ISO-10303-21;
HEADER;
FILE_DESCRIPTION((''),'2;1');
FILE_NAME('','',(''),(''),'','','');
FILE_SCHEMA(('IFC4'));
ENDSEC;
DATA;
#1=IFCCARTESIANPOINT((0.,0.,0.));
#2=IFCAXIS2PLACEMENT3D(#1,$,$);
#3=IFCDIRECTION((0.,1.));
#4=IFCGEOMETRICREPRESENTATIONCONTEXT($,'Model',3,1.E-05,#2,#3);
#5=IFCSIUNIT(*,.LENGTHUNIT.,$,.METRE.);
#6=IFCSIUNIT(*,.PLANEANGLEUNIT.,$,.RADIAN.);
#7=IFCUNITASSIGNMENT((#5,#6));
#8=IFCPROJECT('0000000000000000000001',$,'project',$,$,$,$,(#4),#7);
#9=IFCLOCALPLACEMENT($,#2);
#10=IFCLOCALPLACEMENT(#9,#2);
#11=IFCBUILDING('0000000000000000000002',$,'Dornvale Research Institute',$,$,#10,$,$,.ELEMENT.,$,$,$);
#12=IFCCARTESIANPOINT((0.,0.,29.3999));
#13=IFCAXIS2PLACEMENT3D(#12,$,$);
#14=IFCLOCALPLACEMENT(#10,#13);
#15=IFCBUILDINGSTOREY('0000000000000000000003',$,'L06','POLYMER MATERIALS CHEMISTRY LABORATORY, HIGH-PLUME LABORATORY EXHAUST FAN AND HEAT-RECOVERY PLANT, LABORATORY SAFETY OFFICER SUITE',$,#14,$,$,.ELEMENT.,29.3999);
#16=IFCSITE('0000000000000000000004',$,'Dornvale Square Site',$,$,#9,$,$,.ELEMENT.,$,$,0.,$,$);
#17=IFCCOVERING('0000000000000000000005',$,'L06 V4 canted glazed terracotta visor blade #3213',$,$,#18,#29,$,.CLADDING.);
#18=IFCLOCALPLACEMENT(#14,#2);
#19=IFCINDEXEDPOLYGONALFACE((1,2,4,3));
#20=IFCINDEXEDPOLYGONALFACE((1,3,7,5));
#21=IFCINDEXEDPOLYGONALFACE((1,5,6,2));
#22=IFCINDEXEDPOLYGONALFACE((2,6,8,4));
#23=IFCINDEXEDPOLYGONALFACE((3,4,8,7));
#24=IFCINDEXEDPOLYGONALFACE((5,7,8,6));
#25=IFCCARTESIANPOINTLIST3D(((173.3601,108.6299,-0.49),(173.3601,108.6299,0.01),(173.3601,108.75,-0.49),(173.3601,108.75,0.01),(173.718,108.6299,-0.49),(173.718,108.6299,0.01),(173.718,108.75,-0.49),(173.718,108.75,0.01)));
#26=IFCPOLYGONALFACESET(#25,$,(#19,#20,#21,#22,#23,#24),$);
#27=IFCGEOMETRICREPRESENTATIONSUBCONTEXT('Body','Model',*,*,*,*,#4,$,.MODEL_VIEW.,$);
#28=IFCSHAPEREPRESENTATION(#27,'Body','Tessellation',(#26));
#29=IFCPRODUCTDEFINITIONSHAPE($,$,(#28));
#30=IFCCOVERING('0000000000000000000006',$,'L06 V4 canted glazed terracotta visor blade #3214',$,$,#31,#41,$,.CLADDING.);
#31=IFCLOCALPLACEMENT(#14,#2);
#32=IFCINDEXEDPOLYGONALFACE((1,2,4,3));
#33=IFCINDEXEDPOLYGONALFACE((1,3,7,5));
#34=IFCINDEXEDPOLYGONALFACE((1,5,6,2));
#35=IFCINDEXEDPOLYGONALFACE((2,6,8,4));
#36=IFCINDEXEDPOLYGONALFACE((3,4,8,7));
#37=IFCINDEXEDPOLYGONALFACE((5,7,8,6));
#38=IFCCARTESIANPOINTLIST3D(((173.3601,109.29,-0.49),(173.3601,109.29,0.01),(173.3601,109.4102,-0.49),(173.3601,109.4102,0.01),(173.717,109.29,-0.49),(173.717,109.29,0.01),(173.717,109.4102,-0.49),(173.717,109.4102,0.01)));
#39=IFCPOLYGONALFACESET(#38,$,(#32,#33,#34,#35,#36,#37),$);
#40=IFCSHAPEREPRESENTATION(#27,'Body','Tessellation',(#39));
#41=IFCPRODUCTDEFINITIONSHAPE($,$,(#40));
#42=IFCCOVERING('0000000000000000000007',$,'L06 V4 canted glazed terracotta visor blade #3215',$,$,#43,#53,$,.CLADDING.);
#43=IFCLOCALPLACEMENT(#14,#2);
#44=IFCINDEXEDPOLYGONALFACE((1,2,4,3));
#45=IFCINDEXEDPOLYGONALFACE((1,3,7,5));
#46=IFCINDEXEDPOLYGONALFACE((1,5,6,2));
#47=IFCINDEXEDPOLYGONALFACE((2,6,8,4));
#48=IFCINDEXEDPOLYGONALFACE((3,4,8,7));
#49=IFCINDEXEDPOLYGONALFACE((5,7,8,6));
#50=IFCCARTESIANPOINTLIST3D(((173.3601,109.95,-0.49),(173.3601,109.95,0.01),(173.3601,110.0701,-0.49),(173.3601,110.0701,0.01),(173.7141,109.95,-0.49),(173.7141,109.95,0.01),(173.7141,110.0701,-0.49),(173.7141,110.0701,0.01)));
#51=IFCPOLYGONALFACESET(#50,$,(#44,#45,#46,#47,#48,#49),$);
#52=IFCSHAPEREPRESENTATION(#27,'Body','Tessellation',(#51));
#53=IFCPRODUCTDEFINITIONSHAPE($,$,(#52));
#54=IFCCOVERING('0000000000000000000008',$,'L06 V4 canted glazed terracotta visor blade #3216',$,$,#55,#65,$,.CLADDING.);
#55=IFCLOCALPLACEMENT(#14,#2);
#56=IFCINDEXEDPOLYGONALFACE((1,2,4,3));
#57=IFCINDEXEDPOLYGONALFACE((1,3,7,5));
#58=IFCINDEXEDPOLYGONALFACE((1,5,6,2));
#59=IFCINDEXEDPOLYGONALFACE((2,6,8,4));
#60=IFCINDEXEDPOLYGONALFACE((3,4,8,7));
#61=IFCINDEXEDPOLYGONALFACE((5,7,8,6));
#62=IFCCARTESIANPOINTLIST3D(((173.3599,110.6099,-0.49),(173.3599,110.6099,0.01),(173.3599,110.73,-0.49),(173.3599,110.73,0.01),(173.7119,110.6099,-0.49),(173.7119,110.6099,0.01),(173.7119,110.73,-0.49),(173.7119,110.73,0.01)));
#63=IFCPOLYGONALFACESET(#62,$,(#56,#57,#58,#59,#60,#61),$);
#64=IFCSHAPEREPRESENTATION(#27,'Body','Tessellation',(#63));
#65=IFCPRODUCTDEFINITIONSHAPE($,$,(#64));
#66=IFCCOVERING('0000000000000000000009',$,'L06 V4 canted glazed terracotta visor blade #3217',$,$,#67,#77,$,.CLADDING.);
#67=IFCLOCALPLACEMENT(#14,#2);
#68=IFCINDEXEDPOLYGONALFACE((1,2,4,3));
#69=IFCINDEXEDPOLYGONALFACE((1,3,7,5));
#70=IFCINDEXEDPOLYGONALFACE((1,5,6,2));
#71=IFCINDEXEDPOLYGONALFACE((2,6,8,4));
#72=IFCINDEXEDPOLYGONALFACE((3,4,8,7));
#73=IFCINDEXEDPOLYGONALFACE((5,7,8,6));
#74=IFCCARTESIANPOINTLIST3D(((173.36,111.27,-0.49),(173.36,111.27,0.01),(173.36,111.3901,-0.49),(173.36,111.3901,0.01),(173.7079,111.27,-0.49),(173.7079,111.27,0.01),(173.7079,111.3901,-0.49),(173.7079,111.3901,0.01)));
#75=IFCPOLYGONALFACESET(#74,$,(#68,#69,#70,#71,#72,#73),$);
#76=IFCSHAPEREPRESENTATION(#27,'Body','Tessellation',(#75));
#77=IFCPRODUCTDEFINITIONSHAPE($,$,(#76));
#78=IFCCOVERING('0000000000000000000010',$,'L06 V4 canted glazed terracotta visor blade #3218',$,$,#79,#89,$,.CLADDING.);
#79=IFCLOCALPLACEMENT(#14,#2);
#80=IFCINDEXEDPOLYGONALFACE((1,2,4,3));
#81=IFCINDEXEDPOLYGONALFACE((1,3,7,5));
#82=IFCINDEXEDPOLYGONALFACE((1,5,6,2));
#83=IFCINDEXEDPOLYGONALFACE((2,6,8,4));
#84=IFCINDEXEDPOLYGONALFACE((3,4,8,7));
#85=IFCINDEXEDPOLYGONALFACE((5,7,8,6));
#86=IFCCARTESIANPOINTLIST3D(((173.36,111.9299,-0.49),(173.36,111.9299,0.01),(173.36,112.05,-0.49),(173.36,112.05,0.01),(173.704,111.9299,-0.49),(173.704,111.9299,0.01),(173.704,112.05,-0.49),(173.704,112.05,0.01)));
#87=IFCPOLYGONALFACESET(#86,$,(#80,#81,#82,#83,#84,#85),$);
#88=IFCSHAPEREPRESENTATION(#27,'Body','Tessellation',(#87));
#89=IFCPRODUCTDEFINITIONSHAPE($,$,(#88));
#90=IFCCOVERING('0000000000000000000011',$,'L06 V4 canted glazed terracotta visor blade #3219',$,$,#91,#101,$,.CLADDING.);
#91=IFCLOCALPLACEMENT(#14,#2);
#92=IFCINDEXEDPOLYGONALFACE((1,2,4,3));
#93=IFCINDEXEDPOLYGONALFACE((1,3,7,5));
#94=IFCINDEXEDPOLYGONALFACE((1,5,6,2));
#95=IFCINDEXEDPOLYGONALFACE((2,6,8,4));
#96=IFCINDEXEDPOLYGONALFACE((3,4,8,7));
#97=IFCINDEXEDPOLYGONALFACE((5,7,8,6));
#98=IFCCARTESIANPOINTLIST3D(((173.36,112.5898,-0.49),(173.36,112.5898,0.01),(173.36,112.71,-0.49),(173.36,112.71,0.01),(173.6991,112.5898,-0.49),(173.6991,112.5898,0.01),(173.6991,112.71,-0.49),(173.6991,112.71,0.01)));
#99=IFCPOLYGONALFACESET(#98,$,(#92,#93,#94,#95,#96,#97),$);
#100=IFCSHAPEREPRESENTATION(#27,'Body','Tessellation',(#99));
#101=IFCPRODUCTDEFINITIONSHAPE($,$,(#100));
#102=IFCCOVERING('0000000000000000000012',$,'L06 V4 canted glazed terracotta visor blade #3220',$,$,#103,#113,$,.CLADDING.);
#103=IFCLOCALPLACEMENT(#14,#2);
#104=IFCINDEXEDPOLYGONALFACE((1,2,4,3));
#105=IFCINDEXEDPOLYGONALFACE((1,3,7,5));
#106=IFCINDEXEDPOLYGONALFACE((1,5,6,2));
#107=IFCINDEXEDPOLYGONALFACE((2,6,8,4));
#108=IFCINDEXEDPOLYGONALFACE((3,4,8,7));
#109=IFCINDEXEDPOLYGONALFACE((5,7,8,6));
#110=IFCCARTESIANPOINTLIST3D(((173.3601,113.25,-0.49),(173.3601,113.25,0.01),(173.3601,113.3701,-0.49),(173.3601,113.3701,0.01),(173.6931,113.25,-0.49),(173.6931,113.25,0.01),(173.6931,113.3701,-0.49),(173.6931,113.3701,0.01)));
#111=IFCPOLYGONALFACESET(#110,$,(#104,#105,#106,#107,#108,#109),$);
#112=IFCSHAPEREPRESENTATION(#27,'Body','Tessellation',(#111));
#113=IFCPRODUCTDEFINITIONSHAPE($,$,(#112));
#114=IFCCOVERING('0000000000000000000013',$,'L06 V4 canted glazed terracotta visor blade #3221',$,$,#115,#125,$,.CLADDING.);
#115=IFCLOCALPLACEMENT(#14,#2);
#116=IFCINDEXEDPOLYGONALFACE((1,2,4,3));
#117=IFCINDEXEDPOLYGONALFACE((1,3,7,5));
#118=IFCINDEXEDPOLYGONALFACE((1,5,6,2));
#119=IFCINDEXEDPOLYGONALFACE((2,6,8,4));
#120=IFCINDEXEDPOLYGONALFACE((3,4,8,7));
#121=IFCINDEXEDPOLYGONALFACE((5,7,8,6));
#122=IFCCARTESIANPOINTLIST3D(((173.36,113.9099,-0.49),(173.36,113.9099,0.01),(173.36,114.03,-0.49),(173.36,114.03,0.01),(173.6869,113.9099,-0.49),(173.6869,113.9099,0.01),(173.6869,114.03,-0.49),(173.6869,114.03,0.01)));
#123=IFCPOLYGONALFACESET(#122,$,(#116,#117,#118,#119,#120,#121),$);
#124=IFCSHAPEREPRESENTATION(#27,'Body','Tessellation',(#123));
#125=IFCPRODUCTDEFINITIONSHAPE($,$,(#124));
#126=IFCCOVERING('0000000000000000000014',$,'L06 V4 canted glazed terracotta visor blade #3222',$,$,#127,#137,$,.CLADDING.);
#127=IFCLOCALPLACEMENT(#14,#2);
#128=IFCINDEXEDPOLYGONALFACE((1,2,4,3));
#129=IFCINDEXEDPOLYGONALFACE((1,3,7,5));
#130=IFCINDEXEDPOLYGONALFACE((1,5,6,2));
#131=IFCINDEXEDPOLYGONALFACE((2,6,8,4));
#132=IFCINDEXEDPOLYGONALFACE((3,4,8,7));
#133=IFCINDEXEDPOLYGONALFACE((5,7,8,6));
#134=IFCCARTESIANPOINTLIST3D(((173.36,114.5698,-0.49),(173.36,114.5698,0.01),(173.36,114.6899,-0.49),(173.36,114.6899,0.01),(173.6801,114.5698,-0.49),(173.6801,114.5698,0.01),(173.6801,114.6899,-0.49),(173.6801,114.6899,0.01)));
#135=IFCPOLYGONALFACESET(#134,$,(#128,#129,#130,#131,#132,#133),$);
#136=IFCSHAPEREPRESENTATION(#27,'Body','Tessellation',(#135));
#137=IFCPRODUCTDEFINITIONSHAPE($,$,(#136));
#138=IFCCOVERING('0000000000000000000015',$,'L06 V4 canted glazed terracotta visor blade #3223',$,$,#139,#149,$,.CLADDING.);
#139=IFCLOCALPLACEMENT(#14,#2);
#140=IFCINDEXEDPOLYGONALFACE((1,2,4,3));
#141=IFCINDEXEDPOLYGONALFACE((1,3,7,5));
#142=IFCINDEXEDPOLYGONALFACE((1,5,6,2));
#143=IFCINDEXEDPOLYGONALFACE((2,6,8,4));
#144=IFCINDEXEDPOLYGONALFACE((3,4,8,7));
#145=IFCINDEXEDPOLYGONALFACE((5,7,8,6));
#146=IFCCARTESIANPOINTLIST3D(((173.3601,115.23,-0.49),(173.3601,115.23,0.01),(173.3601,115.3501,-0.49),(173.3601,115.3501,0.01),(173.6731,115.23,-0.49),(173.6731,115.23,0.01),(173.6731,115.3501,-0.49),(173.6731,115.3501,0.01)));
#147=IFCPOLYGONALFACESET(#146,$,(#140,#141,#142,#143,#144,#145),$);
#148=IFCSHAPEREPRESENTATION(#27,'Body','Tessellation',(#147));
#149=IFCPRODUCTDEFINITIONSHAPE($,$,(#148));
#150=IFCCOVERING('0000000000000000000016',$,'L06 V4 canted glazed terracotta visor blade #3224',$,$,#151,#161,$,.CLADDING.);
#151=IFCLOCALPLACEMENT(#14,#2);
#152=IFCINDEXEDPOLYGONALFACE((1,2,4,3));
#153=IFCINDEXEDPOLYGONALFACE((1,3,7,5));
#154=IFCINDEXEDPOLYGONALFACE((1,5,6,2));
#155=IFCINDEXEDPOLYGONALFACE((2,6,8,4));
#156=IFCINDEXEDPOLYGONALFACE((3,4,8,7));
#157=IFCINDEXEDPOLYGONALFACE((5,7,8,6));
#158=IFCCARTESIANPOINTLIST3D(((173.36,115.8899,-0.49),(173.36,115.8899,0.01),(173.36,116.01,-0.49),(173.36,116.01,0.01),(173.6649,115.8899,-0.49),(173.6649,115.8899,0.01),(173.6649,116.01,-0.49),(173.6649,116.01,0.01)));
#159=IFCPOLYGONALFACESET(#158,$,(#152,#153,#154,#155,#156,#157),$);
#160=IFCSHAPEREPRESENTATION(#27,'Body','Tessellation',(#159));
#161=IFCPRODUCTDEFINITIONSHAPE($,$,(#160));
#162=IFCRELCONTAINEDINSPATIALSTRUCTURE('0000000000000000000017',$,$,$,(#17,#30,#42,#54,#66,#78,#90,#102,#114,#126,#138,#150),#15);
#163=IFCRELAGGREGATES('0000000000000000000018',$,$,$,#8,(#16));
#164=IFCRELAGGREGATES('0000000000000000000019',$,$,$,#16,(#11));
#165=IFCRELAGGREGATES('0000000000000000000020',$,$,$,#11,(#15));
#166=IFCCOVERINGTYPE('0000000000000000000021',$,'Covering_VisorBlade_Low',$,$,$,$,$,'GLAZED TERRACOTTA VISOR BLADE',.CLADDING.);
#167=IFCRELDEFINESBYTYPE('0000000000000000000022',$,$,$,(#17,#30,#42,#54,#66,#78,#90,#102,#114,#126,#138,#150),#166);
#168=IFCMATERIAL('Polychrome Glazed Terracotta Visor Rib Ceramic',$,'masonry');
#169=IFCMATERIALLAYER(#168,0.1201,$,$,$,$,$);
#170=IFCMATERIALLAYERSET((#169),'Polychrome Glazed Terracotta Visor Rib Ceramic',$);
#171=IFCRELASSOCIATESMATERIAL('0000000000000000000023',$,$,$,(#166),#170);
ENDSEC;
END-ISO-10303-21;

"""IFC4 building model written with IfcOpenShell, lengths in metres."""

from ifc_helpers import new_model, si_unit, direction, frame, origin, origin_2d, place, context, subcontext, project, spatial, rectangle, extrude, material, layer, layer_set, type_object, element, save


model = new_model("IFC4")

# Units and contexts
model_context = context("Model", 3, precision=1e-05, world=origin(), true_north=direction((0.0, 1.0)))
body_context = subcontext(model_context, "Body", "Model", "MODEL_VIEW")
ifc_project = project(units=[si_unit("LENGTHUNIT", "METRE"), si_unit("PLANEANGLEUNIT", "RADIAN")], contexts=[model_context])

# Site, building, storey
site_placement = place(None, origin())
site = spatial("IfcSite", under=ifc_project, at=site_placement, Name="Dornvale Square Site", CompositionType="ELEMENT", RefElevation=0.0)
building_placement = place(site_placement, origin())
building = spatial("IfcBuilding", under=site, at=building_placement, Name="Dornvale Research Institute", CompositionType="ELEMENT")
storey_placement = place(building_placement, frame((0.0, 0.0, 29.3999)))
storey = spatial("IfcBuildingStorey", under=building, at=storey_placement, Name="L06", Description="POLYMER MATERIALS CHEMISTRY LABORATORY, HIGH-PLUME LABORATORY EXHAUST FAN AND HEAT-RECOVERY PLANT, LABORATORY SAFETY OFFICER SUITE", CompositionType="ELEMENT", Elevation=29.3999)

# Coverings
ifc_material_1 = material(Name="Polychrome Glazed Terracotta Visor Rib Ceramic", Category="masonry")
ifc_layer_1 = layer(ifc_material_1, 0.1201)
ifc_layer_set_1 = layer_set([ifc_layer_1], Name="Polychrome Glazed Terracotta Visor Rib Ceramic")
covering_type = type_object("IfcCoveringType", Name="Covering_VisorBlade_Low", ElementType="GLAZED TERRACOTTA VISOR BLADE", PredefinedType="CLADDING", material=ifc_layer_set_1)
covering_1_placement = place(storey_placement, frame((173.5391, 108.6899, -0.49), z_axis=(0.0, 0.0, 1.0), x_axis=(1.0, 0.0, 0.0)))
element("IfcCovering", 1, at=covering_1_placement, inside=storey, type_object=covering_type, Name="L06 V4 canted glazed terracotta visor blade #3213", PredefinedType="CLADDING", context=body_context, shape_type="SweptSolid", body=[
    extrude(rectangle(XDim=0.3579, YDim=0.1201, at=origin_2d()), origin(), (0.0, 0.0, 1.0), 0.5),
])
covering_2_placement = place(storey_placement, frame((173.5386, 109.3501, -0.49), z_axis=(0.0, 0.0, 1.0), x_axis=(1.0, 0.0, 0.0)))
element("IfcCovering", 2, at=covering_2_placement, inside=storey, type_object=covering_type, Name="L06 V4 canted glazed terracotta visor blade #3214", PredefinedType="CLADDING", context=body_context, shape_type="SweptSolid", body=[
    extrude(rectangle(XDim=0.3569, YDim=0.1201, at=origin_2d()), origin(), (0.0, 0.0, 1.0), 0.5),
])
covering_3_placement = place(storey_placement, frame((173.5371, 110.01, -0.49), z_axis=(0.0, 0.0, 1.0), x_axis=(1.0, 0.0, 0.0)))
element("IfcCovering", 3, at=covering_3_placement, inside=storey, type_object=covering_type, Name="L06 V4 canted glazed terracotta visor blade #3215", PredefinedType="CLADDING", context=body_context, shape_type="SweptSolid", body=[
    extrude(rectangle(XDim=0.354, YDim=0.1201, at=origin_2d()), origin(), (0.0, 0.0, 1.0), 0.5),
])
covering_4_placement = place(storey_placement, frame((173.5359, 110.6699, -0.49), z_axis=(0.0, 0.0, 1.0), x_axis=(1.0, 0.0, 0.0)))
element("IfcCovering", 4, at=covering_4_placement, inside=storey, type_object=covering_type, Name="L06 V4 canted glazed terracotta visor blade #3216", PredefinedType="CLADDING", context=body_context, shape_type="SweptSolid", body=[
    extrude(rectangle(XDim=0.3521, YDim=0.1201, at=origin_2d()), origin(), (0.0, 0.0, 1.0), 0.5),
])
covering_5_placement = place(storey_placement, frame((173.5339, 111.3301, -0.49), z_axis=(0.0, 0.0, 1.0), x_axis=(1.0, 0.0, 0.0)))
element("IfcCovering", 5, at=covering_5_placement, inside=storey, type_object=covering_type, Name="L06 V4 canted glazed terracotta visor blade #3217", PredefinedType="CLADDING", context=body_context, shape_type="SweptSolid", body=[
    extrude(rectangle(XDim=0.3479, YDim=0.1201, at=origin_2d()), origin(), (0.0, 0.0, 1.0), 0.5),
])
covering_6_placement = place(storey_placement, frame((173.532, 111.99, -0.49), z_axis=(0.0, 0.0, 1.0), x_axis=(1.0, 0.0, 0.0)))
element("IfcCovering", 6, at=covering_6_placement, inside=storey, type_object=covering_type, Name="L06 V4 canted glazed terracotta visor blade #3218", PredefinedType="CLADDING", context=body_context, shape_type="SweptSolid", body=[
    extrude(rectangle(XDim=0.344, YDim=0.1201, at=origin_2d()), origin(), (0.0, 0.0, 1.0), 0.5),
])
covering_7_placement = place(storey_placement, frame((173.5295, 112.6499, -0.49), z_axis=(0.0, 0.0, 1.0), x_axis=(1.0, 0.0, 0.0)))
element("IfcCovering", 7, at=covering_7_placement, inside=storey, type_object=covering_type, Name="L06 V4 canted glazed terracotta visor blade #3219", PredefinedType="CLADDING", context=body_context, shape_type="SweptSolid", body=[
    extrude(rectangle(XDim=0.3391, YDim=0.1201, at=origin_2d()), origin(), (0.0, 0.0, 1.0), 0.5),
])
covering_8_placement = place(storey_placement, frame((173.5266, 113.3101, -0.49), z_axis=(0.0, 0.0, 1.0), x_axis=(1.0, 0.0, 0.0)))
element("IfcCovering", 8, at=covering_8_placement, inside=storey, type_object=covering_type, Name="L06 V4 canted glazed terracotta visor blade #3220", PredefinedType="CLADDING", context=body_context, shape_type="SweptSolid", body=[
    extrude(rectangle(XDim=0.333, YDim=0.1201, at=origin_2d()), origin(), (0.0, 0.0, 1.0), 0.5),
])
covering_9_placement = place(storey_placement, frame((173.5234, 113.97, -0.49), z_axis=(0.0, 0.0, 1.0), x_axis=(1.0, 0.0, 0.0)))
element("IfcCovering", 9, at=covering_9_placement, inside=storey, type_object=covering_type, Name="L06 V4 canted glazed terracotta visor blade #3221", PredefinedType="CLADDING", context=body_context, shape_type="SweptSolid", body=[
    extrude(rectangle(XDim=0.3269, YDim=0.1201, at=origin_2d()), origin(), (0.0, 0.0, 1.0), 0.5),
])
covering_10_placement = place(storey_placement, frame((173.52, 114.6299, -0.49), z_axis=(0.0, 0.0, 1.0), x_axis=(1.0, 0.0, 0.0)))
element("IfcCovering", 10, at=covering_10_placement, inside=storey, type_object=covering_type, Name="L06 V4 canted glazed terracotta visor blade #3222", PredefinedType="CLADDING", context=body_context, shape_type="SweptSolid", body=[
    extrude(rectangle(XDim=0.3201, YDim=0.1201, at=origin_2d()), origin(), (0.0, 0.0, 1.0), 0.5),
])
covering_11_placement = place(storey_placement, frame((173.5166, 115.29, -0.49), z_axis=(0.0, 0.0, 1.0), x_axis=(1.0, 0.0, 0.0)))
element("IfcCovering", 11, at=covering_11_placement, inside=storey, type_object=covering_type, Name="L06 V4 canted glazed terracotta visor blade #3223", PredefinedType="CLADDING", context=body_context, shape_type="SweptSolid", body=[
    extrude(rectangle(XDim=0.313, YDim=0.1201, at=origin_2d()), origin(), (0.0, 0.0, 1.0), 0.5),
])
covering_12_placement = place(storey_placement, frame((173.5125, 115.95, -0.49), z_axis=(0.0, 0.0, 1.0), x_axis=(1.0, 0.0, 0.0)))
element("IfcCovering", 12, at=covering_12_placement, inside=storey, type_object=covering_type, Name="L06 V4 canted glazed terracotta visor blade #3224", PredefinedType="CLADDING", context=body_context, shape_type="SweptSolid", body=[
    extrude(rectangle(XDim=0.3049, YDim=0.1201, at=origin_2d()), origin(), (0.0, 0.0, 1.0), 0.5),
])

save(model, "model.ifc")
